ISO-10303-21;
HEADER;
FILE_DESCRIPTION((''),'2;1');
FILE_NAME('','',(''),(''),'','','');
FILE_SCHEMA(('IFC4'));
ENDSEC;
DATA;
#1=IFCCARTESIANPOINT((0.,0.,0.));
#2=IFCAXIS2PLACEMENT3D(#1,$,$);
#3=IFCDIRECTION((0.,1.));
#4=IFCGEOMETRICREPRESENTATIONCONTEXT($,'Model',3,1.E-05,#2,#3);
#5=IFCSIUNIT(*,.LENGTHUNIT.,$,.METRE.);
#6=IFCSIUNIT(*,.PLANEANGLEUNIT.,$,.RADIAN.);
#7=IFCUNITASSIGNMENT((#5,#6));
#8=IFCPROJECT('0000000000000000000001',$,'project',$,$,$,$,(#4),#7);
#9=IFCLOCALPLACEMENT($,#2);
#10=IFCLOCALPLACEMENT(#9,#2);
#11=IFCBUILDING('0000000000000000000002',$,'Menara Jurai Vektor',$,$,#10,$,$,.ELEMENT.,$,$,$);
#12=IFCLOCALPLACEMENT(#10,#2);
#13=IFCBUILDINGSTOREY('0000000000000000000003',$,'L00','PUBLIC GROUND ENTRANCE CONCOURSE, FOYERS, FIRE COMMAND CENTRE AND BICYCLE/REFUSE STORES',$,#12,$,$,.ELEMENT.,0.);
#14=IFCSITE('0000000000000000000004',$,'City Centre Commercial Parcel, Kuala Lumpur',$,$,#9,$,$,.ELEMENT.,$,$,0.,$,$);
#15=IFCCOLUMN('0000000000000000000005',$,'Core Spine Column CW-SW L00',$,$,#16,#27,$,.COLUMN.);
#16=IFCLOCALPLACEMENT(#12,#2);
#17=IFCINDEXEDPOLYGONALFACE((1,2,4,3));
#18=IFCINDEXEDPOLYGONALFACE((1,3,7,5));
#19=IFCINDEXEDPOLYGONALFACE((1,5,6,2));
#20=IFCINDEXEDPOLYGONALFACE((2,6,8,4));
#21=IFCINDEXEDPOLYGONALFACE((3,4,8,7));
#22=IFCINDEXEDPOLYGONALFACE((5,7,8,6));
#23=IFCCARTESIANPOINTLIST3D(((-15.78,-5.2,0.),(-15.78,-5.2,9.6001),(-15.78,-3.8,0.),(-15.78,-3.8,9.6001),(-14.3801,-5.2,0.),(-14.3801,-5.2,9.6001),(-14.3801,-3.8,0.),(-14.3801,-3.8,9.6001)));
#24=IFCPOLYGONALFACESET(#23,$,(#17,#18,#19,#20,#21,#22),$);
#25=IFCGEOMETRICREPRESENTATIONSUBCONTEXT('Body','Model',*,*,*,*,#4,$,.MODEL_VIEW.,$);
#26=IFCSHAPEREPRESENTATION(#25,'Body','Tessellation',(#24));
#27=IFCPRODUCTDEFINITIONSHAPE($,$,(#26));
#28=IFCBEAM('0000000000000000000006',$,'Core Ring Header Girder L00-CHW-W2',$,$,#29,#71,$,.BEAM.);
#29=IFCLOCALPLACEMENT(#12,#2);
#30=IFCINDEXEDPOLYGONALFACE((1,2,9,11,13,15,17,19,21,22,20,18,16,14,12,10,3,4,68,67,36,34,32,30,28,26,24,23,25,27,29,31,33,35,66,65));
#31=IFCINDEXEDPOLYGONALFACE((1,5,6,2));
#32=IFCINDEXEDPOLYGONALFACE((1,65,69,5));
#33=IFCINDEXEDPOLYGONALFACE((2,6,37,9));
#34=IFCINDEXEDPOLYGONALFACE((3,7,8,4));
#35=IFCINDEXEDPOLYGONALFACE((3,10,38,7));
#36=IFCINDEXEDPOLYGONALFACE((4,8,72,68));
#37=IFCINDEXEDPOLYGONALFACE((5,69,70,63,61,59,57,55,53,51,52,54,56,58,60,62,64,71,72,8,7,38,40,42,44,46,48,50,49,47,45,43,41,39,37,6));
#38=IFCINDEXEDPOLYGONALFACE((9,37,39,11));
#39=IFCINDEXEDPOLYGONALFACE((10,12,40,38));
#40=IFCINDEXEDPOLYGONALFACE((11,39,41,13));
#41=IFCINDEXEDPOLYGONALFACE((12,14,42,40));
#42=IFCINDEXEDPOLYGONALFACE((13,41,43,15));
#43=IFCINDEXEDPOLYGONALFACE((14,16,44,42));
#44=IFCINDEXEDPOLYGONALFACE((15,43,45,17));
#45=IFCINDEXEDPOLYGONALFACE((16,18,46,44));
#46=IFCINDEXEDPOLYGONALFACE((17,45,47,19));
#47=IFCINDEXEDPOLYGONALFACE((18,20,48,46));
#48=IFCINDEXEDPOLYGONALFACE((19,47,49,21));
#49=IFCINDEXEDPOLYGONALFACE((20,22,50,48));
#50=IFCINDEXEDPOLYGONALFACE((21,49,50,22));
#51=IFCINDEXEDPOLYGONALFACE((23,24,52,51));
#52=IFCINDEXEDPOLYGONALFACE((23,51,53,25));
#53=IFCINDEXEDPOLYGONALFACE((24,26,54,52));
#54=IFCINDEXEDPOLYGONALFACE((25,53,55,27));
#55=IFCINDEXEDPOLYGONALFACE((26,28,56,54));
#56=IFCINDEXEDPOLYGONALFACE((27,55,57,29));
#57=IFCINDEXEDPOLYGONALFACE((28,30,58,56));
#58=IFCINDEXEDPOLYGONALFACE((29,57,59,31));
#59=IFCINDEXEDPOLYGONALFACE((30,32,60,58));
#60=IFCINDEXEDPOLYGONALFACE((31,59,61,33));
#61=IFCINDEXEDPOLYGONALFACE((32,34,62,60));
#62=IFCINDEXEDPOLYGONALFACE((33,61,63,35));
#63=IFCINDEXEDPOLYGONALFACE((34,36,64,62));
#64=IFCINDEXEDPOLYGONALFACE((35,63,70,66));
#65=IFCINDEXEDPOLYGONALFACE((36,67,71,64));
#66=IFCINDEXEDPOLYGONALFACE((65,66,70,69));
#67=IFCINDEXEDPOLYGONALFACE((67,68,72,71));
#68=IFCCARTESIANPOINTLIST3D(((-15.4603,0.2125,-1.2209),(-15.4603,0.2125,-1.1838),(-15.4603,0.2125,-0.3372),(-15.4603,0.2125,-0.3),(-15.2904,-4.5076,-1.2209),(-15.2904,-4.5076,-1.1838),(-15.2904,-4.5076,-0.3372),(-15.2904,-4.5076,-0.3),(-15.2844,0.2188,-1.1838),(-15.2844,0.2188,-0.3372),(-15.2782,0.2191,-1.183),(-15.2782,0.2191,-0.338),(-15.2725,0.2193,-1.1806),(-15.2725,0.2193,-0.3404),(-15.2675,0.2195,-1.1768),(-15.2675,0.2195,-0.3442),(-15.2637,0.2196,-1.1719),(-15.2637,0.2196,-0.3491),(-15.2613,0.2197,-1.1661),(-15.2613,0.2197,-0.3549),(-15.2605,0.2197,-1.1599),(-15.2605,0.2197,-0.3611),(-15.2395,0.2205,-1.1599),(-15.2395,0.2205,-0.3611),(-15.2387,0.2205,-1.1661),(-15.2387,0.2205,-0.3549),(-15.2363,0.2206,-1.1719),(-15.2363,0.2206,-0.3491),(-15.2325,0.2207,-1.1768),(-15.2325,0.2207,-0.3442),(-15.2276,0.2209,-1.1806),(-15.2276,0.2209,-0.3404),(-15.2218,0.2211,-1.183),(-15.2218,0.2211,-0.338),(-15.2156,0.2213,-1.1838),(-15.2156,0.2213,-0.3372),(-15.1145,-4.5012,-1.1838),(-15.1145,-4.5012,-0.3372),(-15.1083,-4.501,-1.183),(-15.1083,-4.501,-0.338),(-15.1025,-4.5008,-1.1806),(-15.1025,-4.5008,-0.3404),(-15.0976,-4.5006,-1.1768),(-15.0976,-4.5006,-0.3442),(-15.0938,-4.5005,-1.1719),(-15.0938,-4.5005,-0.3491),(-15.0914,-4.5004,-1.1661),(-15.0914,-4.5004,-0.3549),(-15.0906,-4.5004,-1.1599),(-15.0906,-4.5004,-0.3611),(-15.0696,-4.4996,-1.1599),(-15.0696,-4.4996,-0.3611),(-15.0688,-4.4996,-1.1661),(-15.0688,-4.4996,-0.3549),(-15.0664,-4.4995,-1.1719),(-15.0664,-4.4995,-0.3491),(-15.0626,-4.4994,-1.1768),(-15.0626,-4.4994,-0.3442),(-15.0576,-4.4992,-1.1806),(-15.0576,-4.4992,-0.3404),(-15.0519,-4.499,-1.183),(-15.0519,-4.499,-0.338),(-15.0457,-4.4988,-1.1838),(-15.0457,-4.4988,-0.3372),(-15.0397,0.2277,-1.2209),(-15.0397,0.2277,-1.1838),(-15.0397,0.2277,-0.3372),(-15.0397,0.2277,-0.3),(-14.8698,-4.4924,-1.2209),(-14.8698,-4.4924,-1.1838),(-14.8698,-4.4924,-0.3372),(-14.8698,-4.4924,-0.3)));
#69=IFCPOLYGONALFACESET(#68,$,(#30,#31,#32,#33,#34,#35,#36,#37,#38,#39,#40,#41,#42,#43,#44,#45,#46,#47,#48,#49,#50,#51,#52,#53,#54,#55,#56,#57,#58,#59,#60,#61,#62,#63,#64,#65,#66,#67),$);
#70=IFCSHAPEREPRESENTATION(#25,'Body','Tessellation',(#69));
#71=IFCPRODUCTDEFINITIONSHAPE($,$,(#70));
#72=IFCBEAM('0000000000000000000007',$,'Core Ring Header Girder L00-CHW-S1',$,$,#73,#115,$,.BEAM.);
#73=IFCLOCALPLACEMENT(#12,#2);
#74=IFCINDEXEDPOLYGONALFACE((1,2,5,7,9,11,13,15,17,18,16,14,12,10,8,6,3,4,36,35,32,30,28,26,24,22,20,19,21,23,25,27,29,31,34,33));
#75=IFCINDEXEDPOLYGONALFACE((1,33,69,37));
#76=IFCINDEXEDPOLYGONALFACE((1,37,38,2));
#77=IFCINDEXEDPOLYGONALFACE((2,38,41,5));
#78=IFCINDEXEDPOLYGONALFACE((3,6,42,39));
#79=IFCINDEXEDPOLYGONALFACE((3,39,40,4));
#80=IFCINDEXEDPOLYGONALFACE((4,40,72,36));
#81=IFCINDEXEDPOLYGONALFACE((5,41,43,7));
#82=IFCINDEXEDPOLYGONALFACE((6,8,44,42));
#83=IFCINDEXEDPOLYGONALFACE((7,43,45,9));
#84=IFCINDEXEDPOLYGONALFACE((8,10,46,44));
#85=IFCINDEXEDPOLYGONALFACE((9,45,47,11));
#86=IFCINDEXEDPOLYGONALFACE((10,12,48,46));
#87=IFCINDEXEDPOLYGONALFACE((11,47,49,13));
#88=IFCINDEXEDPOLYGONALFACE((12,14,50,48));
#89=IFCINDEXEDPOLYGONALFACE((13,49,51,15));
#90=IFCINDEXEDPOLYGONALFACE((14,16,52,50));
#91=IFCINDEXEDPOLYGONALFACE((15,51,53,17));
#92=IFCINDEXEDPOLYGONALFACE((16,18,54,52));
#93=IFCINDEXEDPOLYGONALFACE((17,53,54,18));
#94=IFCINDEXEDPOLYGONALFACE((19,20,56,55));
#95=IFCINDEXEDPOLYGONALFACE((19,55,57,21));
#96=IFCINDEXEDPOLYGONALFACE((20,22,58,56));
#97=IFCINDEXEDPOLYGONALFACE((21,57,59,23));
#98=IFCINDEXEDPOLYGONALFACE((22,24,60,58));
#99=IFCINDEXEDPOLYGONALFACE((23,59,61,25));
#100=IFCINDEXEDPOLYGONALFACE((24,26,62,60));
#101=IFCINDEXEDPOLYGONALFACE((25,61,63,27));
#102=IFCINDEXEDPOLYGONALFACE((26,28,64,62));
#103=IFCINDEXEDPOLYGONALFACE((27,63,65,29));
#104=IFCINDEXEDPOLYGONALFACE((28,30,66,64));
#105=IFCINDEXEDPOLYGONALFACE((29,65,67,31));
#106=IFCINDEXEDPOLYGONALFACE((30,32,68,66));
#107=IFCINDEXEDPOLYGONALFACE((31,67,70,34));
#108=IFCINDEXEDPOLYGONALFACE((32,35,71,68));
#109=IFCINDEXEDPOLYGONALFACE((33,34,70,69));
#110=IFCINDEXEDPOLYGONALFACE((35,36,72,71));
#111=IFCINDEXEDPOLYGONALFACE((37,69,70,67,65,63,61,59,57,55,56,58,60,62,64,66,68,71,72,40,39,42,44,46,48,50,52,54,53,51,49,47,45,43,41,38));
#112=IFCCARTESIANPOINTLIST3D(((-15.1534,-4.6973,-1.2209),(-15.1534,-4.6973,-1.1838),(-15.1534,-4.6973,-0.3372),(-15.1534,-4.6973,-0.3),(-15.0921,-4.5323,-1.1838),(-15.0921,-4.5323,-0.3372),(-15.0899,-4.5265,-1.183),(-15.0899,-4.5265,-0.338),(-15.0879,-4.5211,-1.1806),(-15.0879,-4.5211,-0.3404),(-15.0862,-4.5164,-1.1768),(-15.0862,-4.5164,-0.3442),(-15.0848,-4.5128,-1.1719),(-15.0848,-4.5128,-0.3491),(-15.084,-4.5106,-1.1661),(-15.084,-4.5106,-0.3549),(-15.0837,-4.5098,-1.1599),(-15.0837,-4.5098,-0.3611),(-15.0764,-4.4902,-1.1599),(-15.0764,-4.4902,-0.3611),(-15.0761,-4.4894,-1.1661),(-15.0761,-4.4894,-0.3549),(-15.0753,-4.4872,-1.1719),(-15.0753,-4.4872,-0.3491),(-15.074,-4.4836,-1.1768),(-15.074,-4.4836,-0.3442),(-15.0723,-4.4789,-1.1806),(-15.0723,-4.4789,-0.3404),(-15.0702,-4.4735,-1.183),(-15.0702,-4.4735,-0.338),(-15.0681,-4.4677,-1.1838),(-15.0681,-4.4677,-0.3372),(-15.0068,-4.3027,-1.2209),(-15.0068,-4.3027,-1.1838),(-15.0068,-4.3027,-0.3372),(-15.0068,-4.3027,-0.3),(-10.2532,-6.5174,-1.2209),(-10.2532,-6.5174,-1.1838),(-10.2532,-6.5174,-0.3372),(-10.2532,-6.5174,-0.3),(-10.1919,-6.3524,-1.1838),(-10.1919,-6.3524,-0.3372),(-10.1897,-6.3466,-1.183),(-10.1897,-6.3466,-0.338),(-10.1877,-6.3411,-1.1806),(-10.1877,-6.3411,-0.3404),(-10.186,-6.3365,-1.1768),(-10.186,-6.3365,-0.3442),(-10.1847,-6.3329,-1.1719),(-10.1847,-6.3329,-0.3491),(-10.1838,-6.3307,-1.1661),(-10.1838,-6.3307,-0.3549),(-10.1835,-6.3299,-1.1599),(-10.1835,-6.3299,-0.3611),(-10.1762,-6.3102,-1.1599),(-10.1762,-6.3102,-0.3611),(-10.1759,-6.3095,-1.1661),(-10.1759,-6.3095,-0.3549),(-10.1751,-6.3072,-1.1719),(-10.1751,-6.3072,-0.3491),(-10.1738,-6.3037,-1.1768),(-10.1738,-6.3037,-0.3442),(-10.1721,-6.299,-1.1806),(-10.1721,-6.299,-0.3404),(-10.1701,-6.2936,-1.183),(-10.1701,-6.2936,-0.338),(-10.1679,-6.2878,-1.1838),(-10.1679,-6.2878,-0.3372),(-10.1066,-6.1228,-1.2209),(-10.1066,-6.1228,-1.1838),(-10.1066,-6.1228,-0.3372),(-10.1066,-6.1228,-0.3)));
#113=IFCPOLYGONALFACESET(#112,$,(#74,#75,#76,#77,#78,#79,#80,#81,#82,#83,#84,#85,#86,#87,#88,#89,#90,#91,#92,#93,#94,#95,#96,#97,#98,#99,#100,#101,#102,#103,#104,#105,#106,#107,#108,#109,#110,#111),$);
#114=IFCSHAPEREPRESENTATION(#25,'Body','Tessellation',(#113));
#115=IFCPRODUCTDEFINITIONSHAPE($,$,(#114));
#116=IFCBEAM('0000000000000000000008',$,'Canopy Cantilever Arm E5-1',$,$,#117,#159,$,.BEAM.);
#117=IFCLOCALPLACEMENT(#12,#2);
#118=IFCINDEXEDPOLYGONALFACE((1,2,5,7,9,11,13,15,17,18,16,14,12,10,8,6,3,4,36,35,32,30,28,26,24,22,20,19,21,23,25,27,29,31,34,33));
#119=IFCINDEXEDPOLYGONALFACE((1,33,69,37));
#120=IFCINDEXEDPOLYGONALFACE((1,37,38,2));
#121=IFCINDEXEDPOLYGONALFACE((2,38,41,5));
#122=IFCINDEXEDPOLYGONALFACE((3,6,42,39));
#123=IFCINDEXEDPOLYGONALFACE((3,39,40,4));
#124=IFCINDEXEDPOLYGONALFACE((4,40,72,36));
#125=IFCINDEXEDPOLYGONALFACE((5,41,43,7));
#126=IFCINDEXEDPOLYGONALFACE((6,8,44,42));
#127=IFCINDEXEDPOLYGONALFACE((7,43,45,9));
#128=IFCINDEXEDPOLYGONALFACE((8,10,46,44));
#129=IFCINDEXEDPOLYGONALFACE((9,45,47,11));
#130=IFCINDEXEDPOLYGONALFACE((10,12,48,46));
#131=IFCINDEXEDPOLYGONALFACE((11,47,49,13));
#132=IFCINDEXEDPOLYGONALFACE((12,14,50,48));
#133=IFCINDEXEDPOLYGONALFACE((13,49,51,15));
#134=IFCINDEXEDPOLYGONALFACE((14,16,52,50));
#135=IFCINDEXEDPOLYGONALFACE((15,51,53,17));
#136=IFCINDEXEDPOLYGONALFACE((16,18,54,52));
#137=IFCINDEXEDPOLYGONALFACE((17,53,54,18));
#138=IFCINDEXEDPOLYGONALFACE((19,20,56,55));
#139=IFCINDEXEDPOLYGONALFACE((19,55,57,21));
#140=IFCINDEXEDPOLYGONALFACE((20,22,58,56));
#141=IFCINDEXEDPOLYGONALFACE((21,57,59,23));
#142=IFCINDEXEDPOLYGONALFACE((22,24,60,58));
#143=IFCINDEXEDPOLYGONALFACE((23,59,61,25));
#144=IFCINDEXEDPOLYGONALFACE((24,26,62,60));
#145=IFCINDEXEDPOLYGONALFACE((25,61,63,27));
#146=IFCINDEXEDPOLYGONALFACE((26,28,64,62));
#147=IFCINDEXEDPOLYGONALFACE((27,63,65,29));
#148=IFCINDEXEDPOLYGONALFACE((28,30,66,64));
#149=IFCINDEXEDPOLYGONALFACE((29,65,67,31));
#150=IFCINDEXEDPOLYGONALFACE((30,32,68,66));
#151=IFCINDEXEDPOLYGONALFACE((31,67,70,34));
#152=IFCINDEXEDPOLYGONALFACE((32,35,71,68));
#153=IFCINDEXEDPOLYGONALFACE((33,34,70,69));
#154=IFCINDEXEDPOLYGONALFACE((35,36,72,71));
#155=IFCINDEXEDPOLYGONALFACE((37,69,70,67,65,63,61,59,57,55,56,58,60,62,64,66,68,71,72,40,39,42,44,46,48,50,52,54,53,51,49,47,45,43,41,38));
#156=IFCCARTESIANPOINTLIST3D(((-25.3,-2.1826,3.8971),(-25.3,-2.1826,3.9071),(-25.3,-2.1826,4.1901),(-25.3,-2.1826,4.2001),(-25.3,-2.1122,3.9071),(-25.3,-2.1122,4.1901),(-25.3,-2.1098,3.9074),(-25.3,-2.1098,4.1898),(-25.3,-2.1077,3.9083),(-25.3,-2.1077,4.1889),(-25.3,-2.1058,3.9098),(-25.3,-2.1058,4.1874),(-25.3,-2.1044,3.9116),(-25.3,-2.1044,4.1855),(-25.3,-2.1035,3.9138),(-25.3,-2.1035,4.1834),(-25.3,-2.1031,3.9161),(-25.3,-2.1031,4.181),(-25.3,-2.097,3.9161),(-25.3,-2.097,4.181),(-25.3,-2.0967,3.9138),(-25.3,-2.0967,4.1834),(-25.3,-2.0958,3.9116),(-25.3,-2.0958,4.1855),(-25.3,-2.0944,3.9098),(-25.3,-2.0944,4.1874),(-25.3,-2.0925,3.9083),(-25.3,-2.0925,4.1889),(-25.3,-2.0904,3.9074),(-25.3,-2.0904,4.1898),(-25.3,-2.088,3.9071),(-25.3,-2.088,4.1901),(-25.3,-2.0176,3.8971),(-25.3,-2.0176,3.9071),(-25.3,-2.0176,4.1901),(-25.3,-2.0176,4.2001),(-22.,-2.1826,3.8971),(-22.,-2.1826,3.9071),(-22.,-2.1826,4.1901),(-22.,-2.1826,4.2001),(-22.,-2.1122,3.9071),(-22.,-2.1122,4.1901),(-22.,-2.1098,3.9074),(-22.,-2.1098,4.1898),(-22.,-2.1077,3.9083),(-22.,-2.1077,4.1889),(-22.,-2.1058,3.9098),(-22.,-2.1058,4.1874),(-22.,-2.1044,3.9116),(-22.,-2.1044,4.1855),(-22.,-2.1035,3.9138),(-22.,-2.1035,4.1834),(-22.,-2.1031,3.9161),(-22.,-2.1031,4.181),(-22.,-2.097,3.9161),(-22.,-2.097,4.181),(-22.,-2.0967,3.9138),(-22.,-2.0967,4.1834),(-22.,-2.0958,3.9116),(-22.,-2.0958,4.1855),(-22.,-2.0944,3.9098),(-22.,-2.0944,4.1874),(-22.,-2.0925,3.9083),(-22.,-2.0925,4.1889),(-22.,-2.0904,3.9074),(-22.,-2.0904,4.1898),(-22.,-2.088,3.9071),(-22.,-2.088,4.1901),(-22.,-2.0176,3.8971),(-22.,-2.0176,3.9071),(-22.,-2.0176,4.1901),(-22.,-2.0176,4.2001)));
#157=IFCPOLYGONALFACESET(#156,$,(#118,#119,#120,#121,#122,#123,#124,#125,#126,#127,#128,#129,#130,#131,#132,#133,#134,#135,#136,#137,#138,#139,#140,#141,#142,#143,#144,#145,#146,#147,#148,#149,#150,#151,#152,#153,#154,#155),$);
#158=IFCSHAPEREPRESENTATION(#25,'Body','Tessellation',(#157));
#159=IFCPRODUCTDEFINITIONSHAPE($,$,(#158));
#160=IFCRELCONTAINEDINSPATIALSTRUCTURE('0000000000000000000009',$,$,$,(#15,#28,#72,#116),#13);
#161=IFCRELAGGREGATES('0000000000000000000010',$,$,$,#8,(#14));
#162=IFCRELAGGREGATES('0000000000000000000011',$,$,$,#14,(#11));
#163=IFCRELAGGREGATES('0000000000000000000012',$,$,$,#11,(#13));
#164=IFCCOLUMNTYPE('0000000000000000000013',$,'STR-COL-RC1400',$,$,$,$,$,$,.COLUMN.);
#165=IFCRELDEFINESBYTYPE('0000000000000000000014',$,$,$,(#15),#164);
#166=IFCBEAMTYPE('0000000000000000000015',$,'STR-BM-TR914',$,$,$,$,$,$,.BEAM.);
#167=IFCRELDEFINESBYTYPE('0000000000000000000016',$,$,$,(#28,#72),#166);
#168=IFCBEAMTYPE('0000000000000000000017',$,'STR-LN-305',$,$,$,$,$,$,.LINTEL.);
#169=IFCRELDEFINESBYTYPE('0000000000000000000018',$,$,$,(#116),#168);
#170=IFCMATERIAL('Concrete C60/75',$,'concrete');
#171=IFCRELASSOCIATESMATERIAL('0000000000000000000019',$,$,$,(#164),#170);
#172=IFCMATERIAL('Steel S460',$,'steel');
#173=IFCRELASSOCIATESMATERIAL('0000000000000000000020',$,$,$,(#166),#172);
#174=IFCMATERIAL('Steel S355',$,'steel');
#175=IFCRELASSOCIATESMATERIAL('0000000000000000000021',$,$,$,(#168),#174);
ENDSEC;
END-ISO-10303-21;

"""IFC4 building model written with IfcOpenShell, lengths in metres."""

from ifc_helpers import new_model, si_unit, direction, frame, origin, origin_2d, place, context, subcontext, project, spatial, rectangle, i_section, extrude, material, material_profile, profile_set, type_object, element, save


model = new_model("IFC4")

# Units and contexts
model_context = context("Model", 3, precision=1e-05, world=origin(), true_north=direction((0.0, 1.0)))
body_context = subcontext(model_context, "Body", "Model", "MODEL_VIEW")
ifc_project = project(units=[si_unit("LENGTHUNIT", "METRE"), si_unit("PLANEANGLEUNIT", "RADIAN")], contexts=[model_context])

# Site, building, storey
site_placement = place(None, origin())
site = spatial("IfcSite", under=ifc_project, at=site_placement, Name="City Centre Commercial Parcel, Kuala Lumpur", CompositionType="ELEMENT", RefElevation=0.0)
building_placement = place(site_placement, origin())
building = spatial("IfcBuilding", under=site, at=building_placement, Name="Menara Jurai Vektor", CompositionType="ELEMENT")
storey_placement = place(building_placement, origin())
storey = spatial("IfcBuildingStorey", under=building, at=storey_placement, Name="L00", Description="PUBLIC GROUND ENTRANCE CONCOURSE, FOYERS, FIRE COMMAND CENTRE AND BICYCLE/REFUSE STORES", CompositionType="ELEMENT", Elevation=0.0)

# Column
ifc_material_1 = material(Name="Concrete C60/75", Category="concrete")
ifc_material_profile_1 = material_profile(ifc_material_1, rectangle(XDim=1.3999, YDim=1.3999, at=origin_2d()), Name="RC 1400x1400")
ifc_profile_set_1 = profile_set([ifc_material_profile_1], Name="Concrete C60/75")
column_type = type_object("IfcColumnType", Name="STR-COL-RC1400", PredefinedType="COLUMN", material=ifc_profile_set_1)
column_placement = place(storey_placement, frame((-15.0801, -4.5, 0.0), z_axis=(0.0, 0.0, 1.0), x_axis=(1.0, 0.0, 0.0)))
element("IfcColumn", 1, at=column_placement, inside=storey, type_object=column_type, Name="Core Spine Column CW-SW L00", PredefinedType="COLUMN", context=body_context, shape_type="SweptSolid", body=[
    extrude(rectangle(XDim=1.3999, YDim=1.3999, at=origin_2d()), origin(), (0.0, 0.0, 1.0), 9.6001),
])

# Beams
ifc_material_2 = material(Name="Steel S460", Category="steel")
ifc_material_profile_2 = material_profile(ifc_material_2, i_section(OverallWidth=0.4209, OverallDepth=0.9209, WebThickness=0.021, FlangeThickness=0.0371, FilletRadius=0.0239, at=origin_2d()), Name="UKB 914x419x388")
ifc_profile_set_2 = profile_set([ifc_material_profile_2], Name="Steel S460")
beam_type_1 = type_object("IfcBeamType", Name="STR-BM-TR914", PredefinedType="BEAM", material=ifc_profile_set_2)
beam_1_placement = place(storey_placement, frame((-15.0801, -4.5, -0.7605), z_axis=(-0.035977, 0.999353, 0.0), x_axis=(-0.999353, -0.035977, 0.0)))
element("IfcBeam", 2, at=beam_1_placement, inside=storey, type_object=beam_type_1, Name="Core Ring Header Girder L00-CHW-W2", PredefinedType="BEAM", context=body_context, shape_type="SweptSolid", body=[
    extrude(i_section(OverallWidth=0.4209, OverallDepth=0.9209, WebThickness=0.021, FlangeThickness=0.0371, FilletRadius=0.0239, at=origin_2d()), origin(), (0.0, 0.0, 1.0), 4.7231),
])
beam_2_placement = place(storey_placement, frame((-15.0801, -4.5, -0.7605), z_axis=(0.937424, -0.348189, 0.0), x_axis=(0.348189, 0.937424, 0.0)))
element("IfcBeam", 3, at=beam_2_placement, inside=storey, type_object=beam_type_1, Name="Core Ring Header Girder L00-CHW-S1", PredefinedType="BEAM", context=body_context, shape_type="SweptSolid", body=[
    extrude(i_section(OverallWidth=0.4209, OverallDepth=0.9209, WebThickness=0.021, FlangeThickness=0.0371, FilletRadius=0.0239, at=origin_2d()), origin(), (0.0, 0.0, 1.0), 5.2273),
])
ifc_material_3 = material(Name="Steel S355", Category="steel")
ifc_material_profile_3 = material_profile(ifc_material_3, i_section(OverallWidth=0.165, OverallDepth=0.303, WebThickness=0.0061, FlangeThickness=0.01, FilletRadius=0.009, at=origin_2d()), Name="UKB 305x165x40")
ifc_profile_set_3 = profile_set([ifc_material_profile_3], Name="Steel S355")
beam_type_2 = type_object("IfcBeamType", Name="STR-LN-305", PredefinedType="LINTEL", material=ifc_profile_set_3)
beam_3_placement = place(storey_placement, frame((-22.0, -2.1001, 4.0486), z_axis=(-1.0, 0.0, 0.0), x_axis=(0.0, -1.0, 0.0)))
element("IfcBeam", 4, at=beam_3_placement, inside=storey, type_object=beam_type_2, Name="Canopy Cantilever Arm E5-1", PredefinedType="BEAM", context=body_context, shape_type="SweptSolid", body=[
    extrude(i_section(OverallWidth=0.165, OverallDepth=0.303, WebThickness=0.0061, FlangeThickness=0.01, FilletRadius=0.009, at=origin_2d()), origin(), (0.0, 0.0, 1.0), 3.3),
])

save(model, "model.ifc")
